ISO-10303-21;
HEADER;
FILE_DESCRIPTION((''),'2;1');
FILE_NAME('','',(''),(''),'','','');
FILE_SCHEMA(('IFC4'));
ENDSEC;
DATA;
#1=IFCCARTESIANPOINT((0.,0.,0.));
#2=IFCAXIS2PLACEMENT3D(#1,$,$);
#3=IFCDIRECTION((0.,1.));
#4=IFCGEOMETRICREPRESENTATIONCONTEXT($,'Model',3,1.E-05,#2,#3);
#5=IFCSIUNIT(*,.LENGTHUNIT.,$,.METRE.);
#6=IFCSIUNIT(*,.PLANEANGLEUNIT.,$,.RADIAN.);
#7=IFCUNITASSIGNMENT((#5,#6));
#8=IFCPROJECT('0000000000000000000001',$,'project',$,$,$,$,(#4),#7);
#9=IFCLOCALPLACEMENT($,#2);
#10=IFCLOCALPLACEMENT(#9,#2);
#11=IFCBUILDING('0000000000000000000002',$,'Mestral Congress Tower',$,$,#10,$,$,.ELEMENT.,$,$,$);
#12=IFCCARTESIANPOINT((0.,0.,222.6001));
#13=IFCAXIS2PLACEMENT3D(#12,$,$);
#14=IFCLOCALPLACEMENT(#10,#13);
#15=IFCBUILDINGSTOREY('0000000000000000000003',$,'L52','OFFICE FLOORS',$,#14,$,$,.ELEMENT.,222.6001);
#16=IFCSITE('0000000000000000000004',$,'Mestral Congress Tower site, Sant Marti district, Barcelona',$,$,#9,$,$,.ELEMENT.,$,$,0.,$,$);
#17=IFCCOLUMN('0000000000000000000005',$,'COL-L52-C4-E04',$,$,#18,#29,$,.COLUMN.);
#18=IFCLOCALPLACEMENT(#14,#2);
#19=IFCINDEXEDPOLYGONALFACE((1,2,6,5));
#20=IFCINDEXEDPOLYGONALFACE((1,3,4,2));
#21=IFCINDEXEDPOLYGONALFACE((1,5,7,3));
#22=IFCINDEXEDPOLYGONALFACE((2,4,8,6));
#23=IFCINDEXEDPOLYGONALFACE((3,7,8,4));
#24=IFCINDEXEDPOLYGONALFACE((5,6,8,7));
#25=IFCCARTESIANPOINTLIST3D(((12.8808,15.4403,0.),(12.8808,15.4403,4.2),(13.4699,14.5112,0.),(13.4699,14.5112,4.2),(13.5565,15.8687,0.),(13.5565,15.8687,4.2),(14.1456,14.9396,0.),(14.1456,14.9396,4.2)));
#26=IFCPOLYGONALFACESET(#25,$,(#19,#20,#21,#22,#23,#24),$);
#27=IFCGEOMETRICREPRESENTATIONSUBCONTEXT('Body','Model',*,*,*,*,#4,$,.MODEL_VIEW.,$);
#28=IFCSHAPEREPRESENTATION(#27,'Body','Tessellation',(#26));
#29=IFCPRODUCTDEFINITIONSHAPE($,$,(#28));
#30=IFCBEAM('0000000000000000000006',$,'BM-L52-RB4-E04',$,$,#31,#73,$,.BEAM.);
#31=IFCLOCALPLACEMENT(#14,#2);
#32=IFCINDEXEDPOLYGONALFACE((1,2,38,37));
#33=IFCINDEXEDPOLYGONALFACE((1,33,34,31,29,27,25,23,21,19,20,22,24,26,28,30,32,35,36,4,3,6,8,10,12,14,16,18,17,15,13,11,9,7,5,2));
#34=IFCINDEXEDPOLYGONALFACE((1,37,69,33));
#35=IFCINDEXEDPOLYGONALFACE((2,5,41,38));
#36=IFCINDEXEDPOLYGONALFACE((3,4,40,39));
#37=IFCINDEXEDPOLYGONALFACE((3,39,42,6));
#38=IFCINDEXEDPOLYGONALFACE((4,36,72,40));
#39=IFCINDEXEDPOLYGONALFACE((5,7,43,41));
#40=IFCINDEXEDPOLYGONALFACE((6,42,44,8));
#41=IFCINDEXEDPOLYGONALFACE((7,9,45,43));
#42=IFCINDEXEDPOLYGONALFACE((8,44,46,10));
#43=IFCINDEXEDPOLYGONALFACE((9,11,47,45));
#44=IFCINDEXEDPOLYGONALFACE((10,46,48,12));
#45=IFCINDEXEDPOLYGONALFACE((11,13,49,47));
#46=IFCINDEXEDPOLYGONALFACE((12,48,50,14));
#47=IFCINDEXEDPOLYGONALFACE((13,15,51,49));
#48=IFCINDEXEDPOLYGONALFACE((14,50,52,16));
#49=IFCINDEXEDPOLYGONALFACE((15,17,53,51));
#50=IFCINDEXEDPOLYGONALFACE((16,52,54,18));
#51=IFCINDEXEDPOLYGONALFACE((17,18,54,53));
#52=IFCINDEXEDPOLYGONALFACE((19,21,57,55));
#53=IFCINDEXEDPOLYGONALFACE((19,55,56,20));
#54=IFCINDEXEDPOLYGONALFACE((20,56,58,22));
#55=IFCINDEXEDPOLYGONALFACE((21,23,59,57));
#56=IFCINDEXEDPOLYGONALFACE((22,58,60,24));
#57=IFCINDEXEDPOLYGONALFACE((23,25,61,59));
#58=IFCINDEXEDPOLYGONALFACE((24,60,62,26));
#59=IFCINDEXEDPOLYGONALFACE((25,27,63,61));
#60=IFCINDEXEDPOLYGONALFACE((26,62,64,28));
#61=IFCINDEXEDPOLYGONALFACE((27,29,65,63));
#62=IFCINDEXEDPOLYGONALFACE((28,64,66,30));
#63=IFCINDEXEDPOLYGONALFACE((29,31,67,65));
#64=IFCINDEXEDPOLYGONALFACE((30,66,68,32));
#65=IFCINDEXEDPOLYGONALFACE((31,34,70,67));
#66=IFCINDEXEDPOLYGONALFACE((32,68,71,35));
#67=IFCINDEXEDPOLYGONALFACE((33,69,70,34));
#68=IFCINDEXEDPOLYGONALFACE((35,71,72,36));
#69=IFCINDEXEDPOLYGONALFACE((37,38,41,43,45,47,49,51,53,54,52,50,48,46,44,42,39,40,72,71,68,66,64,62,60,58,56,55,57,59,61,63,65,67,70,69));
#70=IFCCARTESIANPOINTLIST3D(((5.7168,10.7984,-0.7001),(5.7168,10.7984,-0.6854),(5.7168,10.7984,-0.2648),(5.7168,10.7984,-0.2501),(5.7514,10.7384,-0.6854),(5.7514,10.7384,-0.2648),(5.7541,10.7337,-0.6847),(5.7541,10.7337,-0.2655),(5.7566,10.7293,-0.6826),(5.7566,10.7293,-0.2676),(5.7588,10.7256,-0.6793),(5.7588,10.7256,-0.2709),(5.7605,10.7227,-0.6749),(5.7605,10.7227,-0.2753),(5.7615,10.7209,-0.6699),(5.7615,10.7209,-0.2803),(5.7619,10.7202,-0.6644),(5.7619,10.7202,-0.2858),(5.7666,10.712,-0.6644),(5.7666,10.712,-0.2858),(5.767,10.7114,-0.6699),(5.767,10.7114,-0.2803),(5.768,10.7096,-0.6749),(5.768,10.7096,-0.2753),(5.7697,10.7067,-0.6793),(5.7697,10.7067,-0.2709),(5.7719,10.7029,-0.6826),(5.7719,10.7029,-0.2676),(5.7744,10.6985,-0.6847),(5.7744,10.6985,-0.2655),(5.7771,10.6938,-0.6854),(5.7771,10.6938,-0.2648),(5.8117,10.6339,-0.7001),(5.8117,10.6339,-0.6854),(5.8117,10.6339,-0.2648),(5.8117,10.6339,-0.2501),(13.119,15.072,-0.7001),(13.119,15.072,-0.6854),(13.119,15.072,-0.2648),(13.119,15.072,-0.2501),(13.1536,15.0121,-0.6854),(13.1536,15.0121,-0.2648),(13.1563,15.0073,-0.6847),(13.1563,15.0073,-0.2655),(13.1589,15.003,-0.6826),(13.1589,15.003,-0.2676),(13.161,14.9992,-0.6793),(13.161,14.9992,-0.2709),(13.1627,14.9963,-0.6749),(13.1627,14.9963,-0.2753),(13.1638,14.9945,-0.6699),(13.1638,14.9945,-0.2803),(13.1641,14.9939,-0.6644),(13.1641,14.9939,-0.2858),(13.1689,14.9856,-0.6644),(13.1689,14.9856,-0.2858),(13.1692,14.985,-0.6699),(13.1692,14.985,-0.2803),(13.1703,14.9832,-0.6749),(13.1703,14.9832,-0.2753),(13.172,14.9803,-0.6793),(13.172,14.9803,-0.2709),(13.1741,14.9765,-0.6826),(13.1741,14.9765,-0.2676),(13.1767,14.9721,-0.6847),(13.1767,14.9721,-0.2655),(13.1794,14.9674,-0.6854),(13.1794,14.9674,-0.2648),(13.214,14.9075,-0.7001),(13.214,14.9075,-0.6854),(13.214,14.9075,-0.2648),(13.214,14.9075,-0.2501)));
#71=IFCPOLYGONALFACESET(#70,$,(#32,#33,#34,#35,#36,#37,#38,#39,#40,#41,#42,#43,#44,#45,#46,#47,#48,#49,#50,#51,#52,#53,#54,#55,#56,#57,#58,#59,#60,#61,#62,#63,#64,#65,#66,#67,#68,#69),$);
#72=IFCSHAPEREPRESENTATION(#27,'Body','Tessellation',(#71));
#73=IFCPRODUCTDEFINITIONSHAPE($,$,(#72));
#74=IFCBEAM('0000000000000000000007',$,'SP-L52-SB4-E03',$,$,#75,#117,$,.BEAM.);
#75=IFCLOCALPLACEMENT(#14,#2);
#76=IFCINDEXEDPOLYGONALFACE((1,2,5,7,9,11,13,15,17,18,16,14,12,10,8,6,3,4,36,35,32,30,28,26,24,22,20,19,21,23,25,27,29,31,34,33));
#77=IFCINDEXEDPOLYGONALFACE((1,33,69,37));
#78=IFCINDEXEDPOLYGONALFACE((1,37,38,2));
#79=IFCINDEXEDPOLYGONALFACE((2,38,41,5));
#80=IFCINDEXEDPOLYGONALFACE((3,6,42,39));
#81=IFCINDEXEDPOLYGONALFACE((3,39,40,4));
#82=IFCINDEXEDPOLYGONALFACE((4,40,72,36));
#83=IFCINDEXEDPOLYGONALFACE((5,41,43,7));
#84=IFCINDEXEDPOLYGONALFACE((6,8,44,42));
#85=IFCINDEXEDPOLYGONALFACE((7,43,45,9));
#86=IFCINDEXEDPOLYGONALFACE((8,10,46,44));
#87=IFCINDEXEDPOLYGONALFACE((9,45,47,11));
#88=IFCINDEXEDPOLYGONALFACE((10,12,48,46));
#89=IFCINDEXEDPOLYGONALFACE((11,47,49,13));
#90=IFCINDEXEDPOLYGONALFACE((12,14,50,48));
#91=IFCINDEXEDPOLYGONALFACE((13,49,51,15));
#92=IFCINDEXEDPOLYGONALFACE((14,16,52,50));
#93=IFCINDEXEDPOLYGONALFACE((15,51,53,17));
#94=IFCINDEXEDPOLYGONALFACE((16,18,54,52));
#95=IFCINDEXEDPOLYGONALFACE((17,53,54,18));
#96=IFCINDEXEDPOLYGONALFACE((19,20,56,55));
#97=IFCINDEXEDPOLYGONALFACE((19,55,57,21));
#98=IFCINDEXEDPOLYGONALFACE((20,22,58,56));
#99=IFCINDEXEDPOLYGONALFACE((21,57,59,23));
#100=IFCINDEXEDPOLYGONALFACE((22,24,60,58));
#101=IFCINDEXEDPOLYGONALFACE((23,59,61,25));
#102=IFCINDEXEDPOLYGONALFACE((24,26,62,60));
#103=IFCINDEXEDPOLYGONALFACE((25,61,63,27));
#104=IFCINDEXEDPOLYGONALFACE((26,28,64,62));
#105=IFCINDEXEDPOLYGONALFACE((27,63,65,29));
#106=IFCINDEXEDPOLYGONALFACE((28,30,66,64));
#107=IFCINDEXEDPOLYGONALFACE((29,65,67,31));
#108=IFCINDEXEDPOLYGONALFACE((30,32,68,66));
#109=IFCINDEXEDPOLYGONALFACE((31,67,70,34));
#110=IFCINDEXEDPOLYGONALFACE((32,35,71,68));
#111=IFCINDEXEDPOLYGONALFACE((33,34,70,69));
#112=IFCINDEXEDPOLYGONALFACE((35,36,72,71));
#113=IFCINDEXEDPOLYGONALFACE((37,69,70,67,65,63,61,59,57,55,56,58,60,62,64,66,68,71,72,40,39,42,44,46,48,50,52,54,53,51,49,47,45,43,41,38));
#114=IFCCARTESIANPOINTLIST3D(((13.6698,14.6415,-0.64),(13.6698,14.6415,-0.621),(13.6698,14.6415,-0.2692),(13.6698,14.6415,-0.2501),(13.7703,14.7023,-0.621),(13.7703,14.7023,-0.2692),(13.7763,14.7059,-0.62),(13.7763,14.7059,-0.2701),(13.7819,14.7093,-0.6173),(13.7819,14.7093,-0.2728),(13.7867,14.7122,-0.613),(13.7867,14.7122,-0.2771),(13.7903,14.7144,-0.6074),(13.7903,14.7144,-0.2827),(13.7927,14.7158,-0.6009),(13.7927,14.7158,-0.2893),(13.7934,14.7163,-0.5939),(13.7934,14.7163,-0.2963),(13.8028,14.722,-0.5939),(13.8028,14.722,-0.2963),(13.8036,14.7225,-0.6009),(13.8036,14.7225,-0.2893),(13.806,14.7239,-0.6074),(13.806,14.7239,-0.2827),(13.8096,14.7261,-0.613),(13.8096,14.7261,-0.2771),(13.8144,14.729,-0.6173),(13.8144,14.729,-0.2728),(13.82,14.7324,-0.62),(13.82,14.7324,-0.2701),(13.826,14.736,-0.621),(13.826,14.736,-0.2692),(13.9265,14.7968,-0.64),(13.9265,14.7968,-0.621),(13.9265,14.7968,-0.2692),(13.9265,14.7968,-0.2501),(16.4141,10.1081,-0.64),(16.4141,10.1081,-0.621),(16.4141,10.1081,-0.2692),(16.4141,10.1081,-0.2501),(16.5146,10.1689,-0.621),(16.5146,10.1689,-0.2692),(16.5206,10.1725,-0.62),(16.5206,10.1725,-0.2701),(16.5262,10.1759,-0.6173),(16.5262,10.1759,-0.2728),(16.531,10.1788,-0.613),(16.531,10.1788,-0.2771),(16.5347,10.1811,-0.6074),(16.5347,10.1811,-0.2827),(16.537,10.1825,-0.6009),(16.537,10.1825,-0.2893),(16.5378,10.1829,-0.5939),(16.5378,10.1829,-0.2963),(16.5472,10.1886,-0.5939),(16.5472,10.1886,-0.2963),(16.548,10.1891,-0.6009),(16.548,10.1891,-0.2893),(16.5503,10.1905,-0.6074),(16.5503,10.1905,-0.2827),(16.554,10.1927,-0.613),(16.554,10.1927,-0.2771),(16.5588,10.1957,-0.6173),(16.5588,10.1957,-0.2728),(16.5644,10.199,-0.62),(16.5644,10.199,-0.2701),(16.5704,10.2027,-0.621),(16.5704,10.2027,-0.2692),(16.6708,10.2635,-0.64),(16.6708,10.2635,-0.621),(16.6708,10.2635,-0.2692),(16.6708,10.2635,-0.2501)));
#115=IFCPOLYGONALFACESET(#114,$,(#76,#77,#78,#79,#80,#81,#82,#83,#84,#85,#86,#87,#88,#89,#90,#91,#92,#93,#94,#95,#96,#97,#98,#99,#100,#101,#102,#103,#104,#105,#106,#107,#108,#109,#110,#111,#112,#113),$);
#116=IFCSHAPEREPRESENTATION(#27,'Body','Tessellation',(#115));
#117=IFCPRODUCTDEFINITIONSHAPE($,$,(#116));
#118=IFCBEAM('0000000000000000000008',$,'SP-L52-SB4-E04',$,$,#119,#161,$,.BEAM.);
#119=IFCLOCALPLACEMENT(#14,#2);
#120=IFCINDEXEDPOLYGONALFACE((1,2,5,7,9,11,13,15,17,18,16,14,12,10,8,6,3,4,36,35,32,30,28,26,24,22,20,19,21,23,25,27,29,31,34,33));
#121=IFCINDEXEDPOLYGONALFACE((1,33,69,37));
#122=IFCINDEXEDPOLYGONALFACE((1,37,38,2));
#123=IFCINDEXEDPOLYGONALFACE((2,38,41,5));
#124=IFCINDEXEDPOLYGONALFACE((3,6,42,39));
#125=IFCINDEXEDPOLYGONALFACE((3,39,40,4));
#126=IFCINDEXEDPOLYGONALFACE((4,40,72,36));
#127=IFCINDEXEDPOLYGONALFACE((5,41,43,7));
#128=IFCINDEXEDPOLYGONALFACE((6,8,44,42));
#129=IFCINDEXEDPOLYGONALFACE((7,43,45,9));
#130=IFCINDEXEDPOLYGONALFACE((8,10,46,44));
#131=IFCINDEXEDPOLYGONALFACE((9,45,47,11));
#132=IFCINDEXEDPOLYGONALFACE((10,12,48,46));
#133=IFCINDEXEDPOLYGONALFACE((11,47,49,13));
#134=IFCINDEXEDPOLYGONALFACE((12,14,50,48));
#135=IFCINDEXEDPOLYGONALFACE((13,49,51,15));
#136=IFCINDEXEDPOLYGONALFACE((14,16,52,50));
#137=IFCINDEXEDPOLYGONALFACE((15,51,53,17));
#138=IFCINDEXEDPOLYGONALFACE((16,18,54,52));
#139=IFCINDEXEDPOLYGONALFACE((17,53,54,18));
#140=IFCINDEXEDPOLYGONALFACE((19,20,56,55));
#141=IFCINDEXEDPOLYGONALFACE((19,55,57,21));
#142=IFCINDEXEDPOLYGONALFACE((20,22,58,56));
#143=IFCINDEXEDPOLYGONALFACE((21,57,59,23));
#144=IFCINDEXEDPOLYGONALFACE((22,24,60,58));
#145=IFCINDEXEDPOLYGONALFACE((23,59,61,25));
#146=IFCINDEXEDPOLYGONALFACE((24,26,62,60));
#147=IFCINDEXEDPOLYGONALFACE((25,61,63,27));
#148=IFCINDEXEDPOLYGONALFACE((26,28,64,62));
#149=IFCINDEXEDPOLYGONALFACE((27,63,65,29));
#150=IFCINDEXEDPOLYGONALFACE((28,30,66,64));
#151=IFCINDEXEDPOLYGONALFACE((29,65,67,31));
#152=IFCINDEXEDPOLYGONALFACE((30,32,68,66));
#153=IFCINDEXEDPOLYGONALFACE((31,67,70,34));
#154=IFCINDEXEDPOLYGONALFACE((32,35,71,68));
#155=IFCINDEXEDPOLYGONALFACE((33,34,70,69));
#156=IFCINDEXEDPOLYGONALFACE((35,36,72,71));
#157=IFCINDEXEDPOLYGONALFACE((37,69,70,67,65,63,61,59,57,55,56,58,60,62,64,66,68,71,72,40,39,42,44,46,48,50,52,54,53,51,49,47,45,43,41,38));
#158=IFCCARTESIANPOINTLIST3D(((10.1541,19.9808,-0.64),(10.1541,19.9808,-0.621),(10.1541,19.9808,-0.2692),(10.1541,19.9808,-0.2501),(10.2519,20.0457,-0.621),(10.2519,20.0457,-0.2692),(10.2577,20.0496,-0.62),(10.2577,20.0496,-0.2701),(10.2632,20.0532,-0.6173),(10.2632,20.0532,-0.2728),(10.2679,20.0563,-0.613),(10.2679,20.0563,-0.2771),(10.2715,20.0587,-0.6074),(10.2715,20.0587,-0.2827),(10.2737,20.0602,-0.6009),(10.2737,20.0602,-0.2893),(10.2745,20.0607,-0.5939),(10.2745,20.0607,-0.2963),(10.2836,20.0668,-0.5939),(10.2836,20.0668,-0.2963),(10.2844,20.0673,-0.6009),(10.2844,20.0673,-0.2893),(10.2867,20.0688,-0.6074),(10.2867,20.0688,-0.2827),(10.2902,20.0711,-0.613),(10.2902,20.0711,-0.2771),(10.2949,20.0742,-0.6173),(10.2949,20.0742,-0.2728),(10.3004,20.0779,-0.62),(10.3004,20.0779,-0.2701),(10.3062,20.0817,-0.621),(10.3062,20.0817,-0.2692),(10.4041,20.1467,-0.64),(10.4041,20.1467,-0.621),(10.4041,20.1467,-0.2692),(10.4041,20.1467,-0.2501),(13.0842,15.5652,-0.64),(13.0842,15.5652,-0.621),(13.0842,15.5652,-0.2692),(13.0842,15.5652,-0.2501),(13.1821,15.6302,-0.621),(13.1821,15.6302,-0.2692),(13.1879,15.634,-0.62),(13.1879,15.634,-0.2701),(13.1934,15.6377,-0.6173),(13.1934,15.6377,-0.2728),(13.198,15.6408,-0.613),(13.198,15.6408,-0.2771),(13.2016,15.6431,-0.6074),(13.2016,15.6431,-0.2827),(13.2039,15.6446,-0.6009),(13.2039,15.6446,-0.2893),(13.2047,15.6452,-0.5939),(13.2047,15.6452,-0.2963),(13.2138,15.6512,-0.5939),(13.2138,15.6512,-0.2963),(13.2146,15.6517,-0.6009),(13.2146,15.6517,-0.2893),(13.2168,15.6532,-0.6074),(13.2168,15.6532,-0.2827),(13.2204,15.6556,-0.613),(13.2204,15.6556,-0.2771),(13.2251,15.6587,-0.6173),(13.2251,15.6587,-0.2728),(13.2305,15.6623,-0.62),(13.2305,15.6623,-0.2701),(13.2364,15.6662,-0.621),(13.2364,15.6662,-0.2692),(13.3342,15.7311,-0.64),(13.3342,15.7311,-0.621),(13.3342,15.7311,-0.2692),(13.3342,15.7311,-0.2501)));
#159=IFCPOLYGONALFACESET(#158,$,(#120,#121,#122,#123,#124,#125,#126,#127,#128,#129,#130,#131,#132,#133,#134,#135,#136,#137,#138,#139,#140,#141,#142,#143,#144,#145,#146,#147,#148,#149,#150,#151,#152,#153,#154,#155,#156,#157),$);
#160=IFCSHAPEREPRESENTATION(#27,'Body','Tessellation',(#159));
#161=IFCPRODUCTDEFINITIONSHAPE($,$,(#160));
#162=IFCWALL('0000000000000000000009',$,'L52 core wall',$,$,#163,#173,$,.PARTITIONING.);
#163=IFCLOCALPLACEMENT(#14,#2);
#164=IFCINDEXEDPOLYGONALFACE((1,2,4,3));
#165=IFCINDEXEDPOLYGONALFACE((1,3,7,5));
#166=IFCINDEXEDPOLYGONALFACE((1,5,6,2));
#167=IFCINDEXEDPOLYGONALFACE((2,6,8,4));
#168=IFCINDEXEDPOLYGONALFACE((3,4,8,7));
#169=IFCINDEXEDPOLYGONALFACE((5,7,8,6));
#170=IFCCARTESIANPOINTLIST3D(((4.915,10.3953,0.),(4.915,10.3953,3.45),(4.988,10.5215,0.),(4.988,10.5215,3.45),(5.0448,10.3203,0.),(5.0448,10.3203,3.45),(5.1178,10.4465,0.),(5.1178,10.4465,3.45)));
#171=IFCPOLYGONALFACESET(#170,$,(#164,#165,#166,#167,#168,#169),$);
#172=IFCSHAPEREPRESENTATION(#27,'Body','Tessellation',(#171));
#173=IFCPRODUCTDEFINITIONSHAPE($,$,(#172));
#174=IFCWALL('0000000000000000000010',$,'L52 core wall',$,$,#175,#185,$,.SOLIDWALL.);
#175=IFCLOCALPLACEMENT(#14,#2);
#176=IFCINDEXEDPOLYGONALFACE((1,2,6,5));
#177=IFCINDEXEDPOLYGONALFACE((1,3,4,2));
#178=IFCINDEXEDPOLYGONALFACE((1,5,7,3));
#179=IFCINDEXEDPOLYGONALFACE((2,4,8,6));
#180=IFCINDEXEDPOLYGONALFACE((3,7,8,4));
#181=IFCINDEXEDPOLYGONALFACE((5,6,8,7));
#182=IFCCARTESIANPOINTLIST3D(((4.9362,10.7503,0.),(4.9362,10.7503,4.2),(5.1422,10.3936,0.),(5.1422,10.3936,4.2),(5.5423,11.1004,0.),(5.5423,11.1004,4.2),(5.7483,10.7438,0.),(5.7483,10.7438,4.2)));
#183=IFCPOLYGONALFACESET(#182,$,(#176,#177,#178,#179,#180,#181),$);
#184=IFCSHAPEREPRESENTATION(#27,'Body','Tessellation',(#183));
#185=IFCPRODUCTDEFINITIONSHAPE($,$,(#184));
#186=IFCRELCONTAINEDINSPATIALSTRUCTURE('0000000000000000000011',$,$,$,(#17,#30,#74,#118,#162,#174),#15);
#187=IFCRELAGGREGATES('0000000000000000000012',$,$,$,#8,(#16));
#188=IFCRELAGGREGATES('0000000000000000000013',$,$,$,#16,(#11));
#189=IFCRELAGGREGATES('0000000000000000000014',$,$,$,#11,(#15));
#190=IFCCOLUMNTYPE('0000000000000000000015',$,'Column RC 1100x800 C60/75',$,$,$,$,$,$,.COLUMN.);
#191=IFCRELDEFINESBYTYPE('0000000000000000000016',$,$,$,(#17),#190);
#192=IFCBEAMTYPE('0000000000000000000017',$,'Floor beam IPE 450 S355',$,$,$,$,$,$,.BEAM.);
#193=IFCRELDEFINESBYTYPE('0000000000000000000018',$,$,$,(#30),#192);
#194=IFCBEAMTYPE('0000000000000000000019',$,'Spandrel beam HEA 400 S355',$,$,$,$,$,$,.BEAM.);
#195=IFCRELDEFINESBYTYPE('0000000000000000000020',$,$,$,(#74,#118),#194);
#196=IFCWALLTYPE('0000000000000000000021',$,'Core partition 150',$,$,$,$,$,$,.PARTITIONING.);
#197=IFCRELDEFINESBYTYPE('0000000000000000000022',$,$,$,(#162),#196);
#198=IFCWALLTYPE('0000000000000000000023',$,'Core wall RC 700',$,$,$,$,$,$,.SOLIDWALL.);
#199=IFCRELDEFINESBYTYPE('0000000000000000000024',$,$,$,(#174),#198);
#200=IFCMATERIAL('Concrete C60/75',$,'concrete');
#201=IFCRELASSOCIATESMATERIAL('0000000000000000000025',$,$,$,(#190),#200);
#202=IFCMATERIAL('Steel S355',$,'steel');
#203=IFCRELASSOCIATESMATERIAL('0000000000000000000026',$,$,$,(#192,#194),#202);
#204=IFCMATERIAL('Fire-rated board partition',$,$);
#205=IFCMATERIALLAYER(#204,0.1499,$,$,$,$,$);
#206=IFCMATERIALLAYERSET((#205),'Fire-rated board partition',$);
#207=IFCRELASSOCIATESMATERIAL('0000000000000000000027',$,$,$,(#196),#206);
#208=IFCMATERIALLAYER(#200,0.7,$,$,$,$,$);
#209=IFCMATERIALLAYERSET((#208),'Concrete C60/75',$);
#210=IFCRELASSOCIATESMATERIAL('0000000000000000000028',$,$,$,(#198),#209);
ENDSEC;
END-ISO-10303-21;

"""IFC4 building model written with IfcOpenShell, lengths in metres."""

from ifc_helpers import new_model, si_unit, direction, frame, frame_2d, origin, origin_2d, place, context, subcontext, project, spatial, rectangle, i_section, extrude, material, layer, layer_set, material_profile, profile_set, type_object, element, save


model = new_model("IFC4")

# Units and contexts
model_context = context("Model", 3, precision=1e-05, world=origin(), true_north=direction((0.0, 1.0)))
body_context = subcontext(model_context, "Body", "Model", "MODEL_VIEW")
ifc_project = project(units=[si_unit("LENGTHUNIT", "METRE"), si_unit("PLANEANGLEUNIT", "RADIAN")], contexts=[model_context])

# Site, building, storey
site_placement = place(None, origin())
site = spatial("IfcSite", under=ifc_project, at=site_placement, Name="Mestral Congress Tower site, Sant Marti district, Barcelona", CompositionType="ELEMENT", RefElevation=0.0)
building_placement = place(site_placement, origin())
building = spatial("IfcBuilding", under=site, at=building_placement, Name="Mestral Congress Tower", CompositionType="ELEMENT")
storey_placement = place(building_placement, frame((0.0, 0.0, 222.6001)))
storey = spatial("IfcBuildingStorey", under=building, at=storey_placement, Name="L52", Description="OFFICE FLOORS", CompositionType="ELEMENT", Elevation=222.6001)

# Column
ifc_material_1 = material(Name="Concrete C60/75", Category="concrete")
ifc_material_profile_1 = material_profile(ifc_material_1, rectangle(XDim=1.1001, YDim=0.8, at=origin_2d()), Name="RC 1100x800")
ifc_profile_set_1 = profile_set([ifc_material_profile_1], Name="Concrete C60/75")
column_type = type_object("IfcColumnType", Name="Column RC 1100x800 C60/75", PredefinedType="COLUMN", material=ifc_profile_set_1)
column_placement = place(storey_placement, frame((13.5132, 15.1899, 0.0), z_axis=(0.0, 0.0, 1.0), x_axis=(-0.535503, 0.844534, 0.0)))
element("IfcColumn", 1, at=column_placement, inside=storey, type_object=column_type, Name="COL-L52-C4-E04", PredefinedType="COLUMN", context=body_context, shape_type="SweptSolid", body=[
    extrude(rectangle(XDim=1.1001, YDim=0.8, at=origin_2d()), origin(), (0.0, 0.0, 1.0), 4.2),
])

# Beams
ifc_material_2 = material(Name="Steel S355", Category="steel")
ifc_material_profile_2 = material_profile(ifc_material_2, i_section(OverallWidth=0.1899, OverallDepth=0.45, WebThickness=0.0095, FlangeThickness=0.0146, FilletRadius=0.021, at=origin_2d()), Name="IPE 450")
ifc_profile_set_2 = profile_set([ifc_material_profile_2], Name="Steel S355")
beam_type_1 = type_object("IfcBeamType", Name="Floor beam IPE 450 S355", PredefinedType="BEAM", material=ifc_profile_set_2)
beam_placement = place(storey_placement, frame((13.1665, 14.9897, -0.4751), z_axis=(-0.866029, -0.499994, 0.0), x_axis=(0.499994, -0.866029, 0.0)))
element("IfcBeam", 2, at=beam_placement, inside=storey, type_object=beam_type_1, Name="BM-L52-RB4-E04", PredefinedType="BEAM", context=body_context, shape_type="SweptSolid", body=[
    extrude(i_section(OverallWidth=0.1899, OverallDepth=0.45, WebThickness=0.0095, FlangeThickness=0.0146, FilletRadius=0.021, at=origin_2d()), origin(), (0.0, 0.0, 1.0), 8.5474),
])
ifc_material_profile_3 = material_profile(ifc_material_2, i_section(OverallWidth=0.3, OverallDepth=0.3899, WebThickness=0.011, FlangeThickness=0.019, FilletRadius=0.0271, at=origin_2d()), Name="HEA 400")
ifc_profile_set_3 = profile_set([ifc_material_profile_3], Name="Steel S355")
beam_type_2 = type_object("IfcBeamType", Name="Spandrel beam HEA 400 S355", PredefinedType="BEAM", material=ifc_profile_set_3)
for number, where, z_axis, x_axis, name in (
    (3, (16.5425, 10.1858, -0.4451), (-0.517866, 0.855462, 0.0), (-0.855462, -0.517866, 0.0), "SP-L52-SB4-E03"),
    (4, (13.2092, 15.6482, -0.4451), (-0.552934, 0.833225, 0.0), (-0.833225, -0.552934, 0.0), "SP-L52-SB4-E04"),
):
    element("IfcBeam", number, at=place(storey_placement, frame(where, z_axis=z_axis, x_axis=x_axis)), inside=storey, type_object=beam_type_2, Name=name, PredefinedType="BEAM", context=body_context, shape_type="SweptSolid", body=[
        extrude(i_section(OverallWidth=0.3, OverallDepth=0.3899, WebThickness=0.011, FlangeThickness=0.019, FilletRadius=0.0271, at=origin_2d()), origin(), (0.0, 0.0, 1.0), 5.2993),
    ])

# Walls
ifc_material_3 = material(Name="Fire-rated board partition")
ifc_layer_1 = layer(ifc_material_3, 0.1499)
ifc_layer_set_1 = layer_set([ifc_layer_1], Name="Fire-rated board partition")
wall_type_1 = type_object("IfcWallType", Name="Core partition 150", PredefinedType="PARTITIONING", material=ifc_layer_set_1)
wall_1_placement = place(storey_placement, frame((4.98, 10.3579, 0.0), z_axis=(0.0, 0.0, 1.0), x_axis=(0.50064, 0.865655, 0.0)))
element("IfcWall", 5, at=wall_1_placement, inside=storey, type_object=wall_type_1, Name="L52 core wall", PredefinedType="PARTITIONING", context=body_context, shape_type="SweptSolid", body=[
    extrude(rectangle(XDim=0.1458, YDim=0.1499, at=frame_2d((0.0728, 0.0))), origin(), (0.0, 0.0, 1.0), 3.45),
])
ifc_layer_2 = layer(ifc_material_1, 0.7)
ifc_layer_set_2 = layer_set([ifc_layer_2], Name="Concrete C60/75")
wall_type_2 = type_object("IfcWallType", Name="Core wall RC 700", PredefinedType="SOLIDWALL", material=ifc_layer_set_2)
wall_2_placement = place(storey_placement, frame((5.4453, 10.5686, 0.0), z_axis=(0.0, 0.0, 1.0), x_axis=(-0.500218, 0.865899, 0.0)))
element("IfcWall", 6, at=wall_2_placement, inside=storey, type_object=wall_type_2, Name="L52 core wall", PredefinedType="SOLIDWALL", context=body_context, shape_type="SweptSolid", body=[
    extrude(rectangle(XDim=0.4119, YDim=0.7, at=frame_2d((0.2061, 0.0))), origin(), (0.0, 0.0, 1.0), 4.2),
])

save(model, "model.ifc")
